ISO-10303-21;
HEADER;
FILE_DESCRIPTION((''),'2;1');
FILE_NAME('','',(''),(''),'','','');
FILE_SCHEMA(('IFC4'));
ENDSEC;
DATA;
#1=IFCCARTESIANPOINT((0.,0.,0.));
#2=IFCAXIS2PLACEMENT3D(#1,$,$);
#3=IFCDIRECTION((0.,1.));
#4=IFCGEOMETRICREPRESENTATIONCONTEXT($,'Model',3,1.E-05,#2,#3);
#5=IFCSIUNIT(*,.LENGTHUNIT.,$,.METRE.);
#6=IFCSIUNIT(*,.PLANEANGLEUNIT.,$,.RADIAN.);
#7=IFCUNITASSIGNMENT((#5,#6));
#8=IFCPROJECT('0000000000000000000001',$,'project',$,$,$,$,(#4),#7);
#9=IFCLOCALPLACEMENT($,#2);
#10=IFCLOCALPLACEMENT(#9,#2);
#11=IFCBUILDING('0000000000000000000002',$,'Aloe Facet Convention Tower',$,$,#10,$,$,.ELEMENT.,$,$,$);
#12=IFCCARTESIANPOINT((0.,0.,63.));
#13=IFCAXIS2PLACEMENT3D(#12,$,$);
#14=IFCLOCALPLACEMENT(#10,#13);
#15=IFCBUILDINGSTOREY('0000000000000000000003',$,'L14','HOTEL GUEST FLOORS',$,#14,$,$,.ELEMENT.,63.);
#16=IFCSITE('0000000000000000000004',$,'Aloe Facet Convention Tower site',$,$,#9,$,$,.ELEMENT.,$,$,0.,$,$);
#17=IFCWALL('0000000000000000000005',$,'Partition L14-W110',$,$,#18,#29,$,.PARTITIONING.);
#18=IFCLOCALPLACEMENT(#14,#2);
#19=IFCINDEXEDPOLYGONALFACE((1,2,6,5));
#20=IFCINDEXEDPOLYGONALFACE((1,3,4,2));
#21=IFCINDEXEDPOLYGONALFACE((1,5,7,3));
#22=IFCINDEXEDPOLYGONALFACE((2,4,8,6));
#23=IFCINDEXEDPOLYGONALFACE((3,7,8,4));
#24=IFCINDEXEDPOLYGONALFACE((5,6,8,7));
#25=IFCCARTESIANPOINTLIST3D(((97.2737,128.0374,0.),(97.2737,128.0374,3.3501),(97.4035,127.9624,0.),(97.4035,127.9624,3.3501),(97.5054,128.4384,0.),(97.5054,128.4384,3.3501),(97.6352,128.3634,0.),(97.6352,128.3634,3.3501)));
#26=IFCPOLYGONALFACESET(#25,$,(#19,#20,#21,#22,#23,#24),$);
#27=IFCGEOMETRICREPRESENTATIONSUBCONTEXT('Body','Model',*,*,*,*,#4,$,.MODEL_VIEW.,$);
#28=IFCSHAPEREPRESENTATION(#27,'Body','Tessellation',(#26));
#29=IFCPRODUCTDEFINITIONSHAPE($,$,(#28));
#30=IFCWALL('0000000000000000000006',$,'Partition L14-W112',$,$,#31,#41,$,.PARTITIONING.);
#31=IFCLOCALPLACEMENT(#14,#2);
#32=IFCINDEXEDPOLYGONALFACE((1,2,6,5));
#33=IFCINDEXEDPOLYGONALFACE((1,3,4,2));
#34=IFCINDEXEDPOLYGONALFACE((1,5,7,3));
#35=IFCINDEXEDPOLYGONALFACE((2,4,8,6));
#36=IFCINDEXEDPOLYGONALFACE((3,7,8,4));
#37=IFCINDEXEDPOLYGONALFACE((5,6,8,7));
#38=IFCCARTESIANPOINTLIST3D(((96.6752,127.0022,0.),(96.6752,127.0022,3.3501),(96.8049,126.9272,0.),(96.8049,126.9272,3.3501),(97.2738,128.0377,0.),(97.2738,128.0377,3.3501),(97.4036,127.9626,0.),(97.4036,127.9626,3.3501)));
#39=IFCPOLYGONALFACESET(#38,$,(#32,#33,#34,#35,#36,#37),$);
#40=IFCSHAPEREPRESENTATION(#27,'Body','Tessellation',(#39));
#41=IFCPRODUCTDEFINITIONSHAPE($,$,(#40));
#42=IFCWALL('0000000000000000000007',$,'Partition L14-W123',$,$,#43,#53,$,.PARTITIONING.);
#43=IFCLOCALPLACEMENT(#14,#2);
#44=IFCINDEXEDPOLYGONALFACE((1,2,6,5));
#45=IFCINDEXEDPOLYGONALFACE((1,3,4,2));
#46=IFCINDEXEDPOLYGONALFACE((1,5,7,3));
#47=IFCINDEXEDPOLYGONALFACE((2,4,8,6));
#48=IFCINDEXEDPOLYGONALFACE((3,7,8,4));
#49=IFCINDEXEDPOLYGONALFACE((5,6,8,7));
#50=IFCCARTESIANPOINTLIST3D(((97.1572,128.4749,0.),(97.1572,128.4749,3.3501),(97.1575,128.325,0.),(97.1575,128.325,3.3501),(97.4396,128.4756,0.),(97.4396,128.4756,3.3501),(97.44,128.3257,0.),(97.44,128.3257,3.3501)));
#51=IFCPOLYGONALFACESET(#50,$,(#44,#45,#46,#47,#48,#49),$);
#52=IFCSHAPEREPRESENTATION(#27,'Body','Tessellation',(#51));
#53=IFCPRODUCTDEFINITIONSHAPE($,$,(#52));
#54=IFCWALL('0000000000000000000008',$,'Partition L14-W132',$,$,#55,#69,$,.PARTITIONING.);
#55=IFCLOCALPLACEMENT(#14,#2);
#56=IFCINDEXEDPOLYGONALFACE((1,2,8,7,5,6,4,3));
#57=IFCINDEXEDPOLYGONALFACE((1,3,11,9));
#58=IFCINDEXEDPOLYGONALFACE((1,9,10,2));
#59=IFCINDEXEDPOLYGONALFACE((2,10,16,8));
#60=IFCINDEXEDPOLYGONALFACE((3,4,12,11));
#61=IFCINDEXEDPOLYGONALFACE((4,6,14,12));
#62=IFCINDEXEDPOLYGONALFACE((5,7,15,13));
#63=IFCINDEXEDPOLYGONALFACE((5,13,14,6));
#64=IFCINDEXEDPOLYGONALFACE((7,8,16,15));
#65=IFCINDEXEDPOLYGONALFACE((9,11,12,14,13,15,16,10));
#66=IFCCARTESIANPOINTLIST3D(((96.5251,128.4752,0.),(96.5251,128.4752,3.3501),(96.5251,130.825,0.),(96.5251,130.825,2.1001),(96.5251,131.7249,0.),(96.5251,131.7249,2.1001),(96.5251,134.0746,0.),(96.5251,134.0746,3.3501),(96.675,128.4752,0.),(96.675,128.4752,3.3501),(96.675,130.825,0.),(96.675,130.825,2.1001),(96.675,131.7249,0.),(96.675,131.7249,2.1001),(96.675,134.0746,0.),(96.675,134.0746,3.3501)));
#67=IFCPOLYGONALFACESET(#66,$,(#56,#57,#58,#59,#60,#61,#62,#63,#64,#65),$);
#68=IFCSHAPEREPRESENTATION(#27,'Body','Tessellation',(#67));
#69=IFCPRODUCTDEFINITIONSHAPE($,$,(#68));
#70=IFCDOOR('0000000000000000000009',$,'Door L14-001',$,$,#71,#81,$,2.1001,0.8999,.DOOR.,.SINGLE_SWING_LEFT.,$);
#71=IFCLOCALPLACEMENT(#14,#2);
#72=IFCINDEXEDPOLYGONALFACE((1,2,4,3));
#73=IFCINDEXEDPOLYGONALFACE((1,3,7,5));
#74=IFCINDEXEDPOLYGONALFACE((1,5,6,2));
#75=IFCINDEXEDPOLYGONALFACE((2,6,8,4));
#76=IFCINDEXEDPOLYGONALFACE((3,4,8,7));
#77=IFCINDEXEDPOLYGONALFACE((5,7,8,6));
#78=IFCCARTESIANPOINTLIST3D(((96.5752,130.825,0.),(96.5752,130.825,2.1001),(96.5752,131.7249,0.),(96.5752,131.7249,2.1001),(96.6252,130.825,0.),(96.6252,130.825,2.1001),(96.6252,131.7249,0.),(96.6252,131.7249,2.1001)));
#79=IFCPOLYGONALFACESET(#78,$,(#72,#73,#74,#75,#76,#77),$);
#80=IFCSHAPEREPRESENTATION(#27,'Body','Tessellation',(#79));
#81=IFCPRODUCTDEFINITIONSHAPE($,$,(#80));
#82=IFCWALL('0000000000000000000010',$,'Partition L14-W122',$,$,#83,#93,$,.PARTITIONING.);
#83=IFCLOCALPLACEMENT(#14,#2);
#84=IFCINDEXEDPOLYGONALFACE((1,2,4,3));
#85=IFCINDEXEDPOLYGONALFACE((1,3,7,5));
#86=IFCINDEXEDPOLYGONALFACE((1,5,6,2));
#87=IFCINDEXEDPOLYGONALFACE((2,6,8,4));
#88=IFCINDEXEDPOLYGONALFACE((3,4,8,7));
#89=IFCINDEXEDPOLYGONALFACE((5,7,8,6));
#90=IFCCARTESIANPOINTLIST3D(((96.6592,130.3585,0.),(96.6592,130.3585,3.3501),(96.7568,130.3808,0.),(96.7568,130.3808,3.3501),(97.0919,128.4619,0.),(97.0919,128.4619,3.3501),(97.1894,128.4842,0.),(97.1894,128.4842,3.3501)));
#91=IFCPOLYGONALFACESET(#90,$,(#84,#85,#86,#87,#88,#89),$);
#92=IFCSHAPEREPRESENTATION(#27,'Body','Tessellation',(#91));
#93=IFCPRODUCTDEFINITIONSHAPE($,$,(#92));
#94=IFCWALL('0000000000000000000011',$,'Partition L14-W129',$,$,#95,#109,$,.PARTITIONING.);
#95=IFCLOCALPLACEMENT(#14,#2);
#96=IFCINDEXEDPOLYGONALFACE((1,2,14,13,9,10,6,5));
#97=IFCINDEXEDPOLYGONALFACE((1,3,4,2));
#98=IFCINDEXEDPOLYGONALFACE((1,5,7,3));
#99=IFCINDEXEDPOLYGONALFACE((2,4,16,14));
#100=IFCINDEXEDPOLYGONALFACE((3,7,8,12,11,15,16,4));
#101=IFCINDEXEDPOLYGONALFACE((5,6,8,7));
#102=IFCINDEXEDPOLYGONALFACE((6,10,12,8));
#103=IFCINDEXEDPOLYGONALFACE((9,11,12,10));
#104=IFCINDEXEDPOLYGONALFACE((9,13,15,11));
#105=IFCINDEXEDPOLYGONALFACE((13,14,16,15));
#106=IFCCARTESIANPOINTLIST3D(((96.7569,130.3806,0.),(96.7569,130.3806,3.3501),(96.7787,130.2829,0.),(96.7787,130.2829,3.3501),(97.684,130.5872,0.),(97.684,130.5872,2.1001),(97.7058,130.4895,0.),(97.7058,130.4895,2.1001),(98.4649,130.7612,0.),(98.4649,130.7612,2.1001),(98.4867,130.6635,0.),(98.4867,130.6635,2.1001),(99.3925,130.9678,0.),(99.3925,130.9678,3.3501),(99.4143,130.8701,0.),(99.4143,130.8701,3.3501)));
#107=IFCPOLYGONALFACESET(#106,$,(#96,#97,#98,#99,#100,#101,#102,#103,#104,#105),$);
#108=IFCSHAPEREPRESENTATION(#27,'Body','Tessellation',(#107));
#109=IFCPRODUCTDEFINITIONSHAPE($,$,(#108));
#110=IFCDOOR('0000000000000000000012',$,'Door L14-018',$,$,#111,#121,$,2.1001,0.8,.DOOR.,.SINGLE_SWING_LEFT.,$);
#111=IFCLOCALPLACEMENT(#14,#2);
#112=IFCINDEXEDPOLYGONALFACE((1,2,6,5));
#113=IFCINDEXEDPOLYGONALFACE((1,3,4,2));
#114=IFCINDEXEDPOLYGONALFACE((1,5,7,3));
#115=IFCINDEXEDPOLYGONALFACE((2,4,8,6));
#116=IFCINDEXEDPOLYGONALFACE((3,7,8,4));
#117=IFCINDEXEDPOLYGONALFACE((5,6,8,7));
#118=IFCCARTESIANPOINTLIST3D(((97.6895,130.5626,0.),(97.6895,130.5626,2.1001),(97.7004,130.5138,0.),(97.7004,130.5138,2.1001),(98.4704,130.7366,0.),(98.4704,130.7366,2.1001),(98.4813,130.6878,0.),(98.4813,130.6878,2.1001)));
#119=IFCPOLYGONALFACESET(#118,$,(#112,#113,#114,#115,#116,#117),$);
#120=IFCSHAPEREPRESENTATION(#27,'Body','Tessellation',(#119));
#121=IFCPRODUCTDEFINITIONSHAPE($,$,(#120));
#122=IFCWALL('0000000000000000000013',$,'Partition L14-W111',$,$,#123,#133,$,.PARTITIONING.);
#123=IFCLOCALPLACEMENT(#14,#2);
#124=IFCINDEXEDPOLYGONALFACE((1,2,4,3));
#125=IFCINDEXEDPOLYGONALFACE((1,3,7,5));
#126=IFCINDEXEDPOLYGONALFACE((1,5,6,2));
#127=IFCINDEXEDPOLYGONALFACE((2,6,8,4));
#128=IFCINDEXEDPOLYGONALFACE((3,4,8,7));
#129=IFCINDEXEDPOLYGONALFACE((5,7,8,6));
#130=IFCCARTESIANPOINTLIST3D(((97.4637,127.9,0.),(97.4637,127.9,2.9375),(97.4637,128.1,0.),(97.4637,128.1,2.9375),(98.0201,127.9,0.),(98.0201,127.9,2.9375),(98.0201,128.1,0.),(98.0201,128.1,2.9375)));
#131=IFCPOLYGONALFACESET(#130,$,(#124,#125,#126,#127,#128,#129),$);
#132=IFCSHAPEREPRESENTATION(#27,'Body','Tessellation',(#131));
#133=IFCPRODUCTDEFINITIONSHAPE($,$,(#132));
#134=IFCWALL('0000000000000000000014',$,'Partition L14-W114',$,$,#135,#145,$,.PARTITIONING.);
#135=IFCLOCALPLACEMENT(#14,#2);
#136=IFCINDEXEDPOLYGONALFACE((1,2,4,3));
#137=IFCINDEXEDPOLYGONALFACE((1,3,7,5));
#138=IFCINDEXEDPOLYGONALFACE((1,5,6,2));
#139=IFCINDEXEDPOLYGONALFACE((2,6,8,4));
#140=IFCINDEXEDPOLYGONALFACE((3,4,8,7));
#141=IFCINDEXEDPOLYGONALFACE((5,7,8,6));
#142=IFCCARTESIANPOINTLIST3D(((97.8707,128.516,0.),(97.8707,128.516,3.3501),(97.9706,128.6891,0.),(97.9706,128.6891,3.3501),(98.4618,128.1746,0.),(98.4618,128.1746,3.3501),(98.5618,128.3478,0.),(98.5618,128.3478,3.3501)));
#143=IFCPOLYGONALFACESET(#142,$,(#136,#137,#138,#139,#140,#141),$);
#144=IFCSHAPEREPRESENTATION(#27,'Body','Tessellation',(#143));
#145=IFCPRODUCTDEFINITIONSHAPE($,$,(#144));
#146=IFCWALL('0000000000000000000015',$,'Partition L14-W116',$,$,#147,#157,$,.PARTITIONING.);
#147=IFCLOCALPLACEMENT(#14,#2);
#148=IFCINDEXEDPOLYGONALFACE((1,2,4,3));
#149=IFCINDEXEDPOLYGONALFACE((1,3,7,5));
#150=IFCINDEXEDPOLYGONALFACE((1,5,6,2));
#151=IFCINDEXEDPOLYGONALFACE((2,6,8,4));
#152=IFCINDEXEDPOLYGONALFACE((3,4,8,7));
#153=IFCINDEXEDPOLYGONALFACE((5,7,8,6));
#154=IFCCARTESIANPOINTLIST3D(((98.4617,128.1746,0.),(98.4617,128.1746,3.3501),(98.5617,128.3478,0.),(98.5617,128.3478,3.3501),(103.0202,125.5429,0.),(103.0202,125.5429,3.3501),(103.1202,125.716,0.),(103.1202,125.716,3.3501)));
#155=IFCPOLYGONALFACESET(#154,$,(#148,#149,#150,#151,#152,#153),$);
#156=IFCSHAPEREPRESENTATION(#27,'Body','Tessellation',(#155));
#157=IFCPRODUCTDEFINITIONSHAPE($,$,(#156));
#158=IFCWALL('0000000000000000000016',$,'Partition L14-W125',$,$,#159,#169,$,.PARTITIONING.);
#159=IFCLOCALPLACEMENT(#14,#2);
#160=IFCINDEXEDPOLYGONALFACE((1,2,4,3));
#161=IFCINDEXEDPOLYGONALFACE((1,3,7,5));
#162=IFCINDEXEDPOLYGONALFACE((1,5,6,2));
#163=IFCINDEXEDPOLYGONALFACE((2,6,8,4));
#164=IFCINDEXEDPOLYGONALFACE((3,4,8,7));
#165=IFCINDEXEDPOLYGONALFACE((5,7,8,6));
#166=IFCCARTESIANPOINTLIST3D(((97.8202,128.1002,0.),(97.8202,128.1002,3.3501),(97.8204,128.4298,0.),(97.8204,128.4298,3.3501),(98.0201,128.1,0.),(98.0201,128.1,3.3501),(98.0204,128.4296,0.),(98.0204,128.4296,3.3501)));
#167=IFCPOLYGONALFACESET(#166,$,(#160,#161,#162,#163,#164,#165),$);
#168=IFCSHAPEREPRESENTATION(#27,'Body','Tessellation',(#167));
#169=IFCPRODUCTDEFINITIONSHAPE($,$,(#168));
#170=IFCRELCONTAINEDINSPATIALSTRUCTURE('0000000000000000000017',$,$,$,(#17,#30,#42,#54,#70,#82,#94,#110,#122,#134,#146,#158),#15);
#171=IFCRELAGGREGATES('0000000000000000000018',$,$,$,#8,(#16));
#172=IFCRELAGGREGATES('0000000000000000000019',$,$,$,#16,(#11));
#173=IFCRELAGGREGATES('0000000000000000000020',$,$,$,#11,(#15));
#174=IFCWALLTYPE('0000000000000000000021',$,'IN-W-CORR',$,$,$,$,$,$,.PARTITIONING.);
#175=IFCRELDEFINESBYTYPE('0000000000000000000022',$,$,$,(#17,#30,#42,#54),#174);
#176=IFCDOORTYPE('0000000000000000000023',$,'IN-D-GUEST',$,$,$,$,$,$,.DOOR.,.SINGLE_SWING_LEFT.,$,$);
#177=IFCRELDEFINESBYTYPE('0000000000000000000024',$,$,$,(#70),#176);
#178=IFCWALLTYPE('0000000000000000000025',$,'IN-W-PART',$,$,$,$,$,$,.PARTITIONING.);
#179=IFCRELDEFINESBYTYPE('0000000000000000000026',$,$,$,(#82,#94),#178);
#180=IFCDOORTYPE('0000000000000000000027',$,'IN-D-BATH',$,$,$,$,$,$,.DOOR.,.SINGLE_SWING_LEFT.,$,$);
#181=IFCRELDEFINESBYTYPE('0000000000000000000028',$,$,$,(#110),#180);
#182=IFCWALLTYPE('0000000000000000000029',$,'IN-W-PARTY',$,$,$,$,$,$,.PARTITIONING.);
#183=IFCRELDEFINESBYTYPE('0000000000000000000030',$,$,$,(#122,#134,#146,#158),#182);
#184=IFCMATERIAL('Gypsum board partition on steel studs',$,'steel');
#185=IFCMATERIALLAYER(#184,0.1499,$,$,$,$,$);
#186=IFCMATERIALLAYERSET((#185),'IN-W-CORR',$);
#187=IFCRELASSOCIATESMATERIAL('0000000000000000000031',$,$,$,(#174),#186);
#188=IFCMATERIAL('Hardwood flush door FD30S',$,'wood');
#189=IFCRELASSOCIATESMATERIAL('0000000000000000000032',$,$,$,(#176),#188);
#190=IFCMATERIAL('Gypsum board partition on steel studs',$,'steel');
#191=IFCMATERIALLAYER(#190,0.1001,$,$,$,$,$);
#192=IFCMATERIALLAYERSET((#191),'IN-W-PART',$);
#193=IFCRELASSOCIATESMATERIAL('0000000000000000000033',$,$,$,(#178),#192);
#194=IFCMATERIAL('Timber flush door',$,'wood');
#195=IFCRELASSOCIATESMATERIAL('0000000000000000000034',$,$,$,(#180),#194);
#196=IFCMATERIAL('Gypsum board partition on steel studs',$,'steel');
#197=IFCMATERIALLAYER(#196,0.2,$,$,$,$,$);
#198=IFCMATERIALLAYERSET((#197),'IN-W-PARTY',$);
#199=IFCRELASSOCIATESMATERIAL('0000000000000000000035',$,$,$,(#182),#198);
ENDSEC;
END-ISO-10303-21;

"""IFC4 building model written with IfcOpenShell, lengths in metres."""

from ifc_helpers import new_model, si_unit, direction, frame, frame_2d, origin, place, context, subcontext, project, spatial, rectangle, extrude, material, layer, layer_set, type_object, element, fill, save


model = new_model("IFC4")

# Units and contexts
model_context = context("Model", 3, precision=1e-05, world=origin(), true_north=direction((0.0, 1.0)))
body_context = subcontext(model_context, "Body", "Model", "MODEL_VIEW")
ifc_project = project(units=[si_unit("LENGTHUNIT", "METRE"), si_unit("PLANEANGLEUNIT", "RADIAN")], contexts=[model_context])

# Site, building, storey
site_placement = place(None, origin())
site = spatial("IfcSite", under=ifc_project, at=site_placement, Name="Aloe Facet Convention Tower site", CompositionType="ELEMENT", RefElevation=0.0)
building_placement = place(site_placement, origin())
building = spatial("IfcBuilding", under=site, at=building_placement, Name="Aloe Facet Convention Tower", CompositionType="ELEMENT")
storey_placement = place(building_placement, frame((0.0, 0.0, 63.0)))
storey = spatial("IfcBuildingStorey", under=building, at=storey_placement, Name="L14", Description="HOTEL GUEST FLOORS", CompositionType="ELEMENT", Elevation=63.0)

# Walls
ifc_material_1 = material(Name="Gypsum board partition on steel studs", Category="steel")
ifc_layer_1 = layer(ifc_material_1, 0.1499)
ifc_layer_set_1 = layer_set([ifc_layer_1], Name="IN-W-CORR")
wall_type_1 = type_object("IfcWallType", Name="IN-W-CORR", PredefinedType="PARTITIONING", material=ifc_layer_set_1)
wall_1_placement = place(storey_placement, frame((97.3386, 128.0, 0.0), z_axis=(0.0, 0.0, 1.0), x_axis=(0.500392, 0.865799, 0.0)))
element("IfcWall", 1, at=wall_1_placement, inside=storey, type_object=wall_type_1, Name="Partition L14-W110", PredefinedType="PARTITIONING", context=body_context, shape_type="SweptSolid", body=[
    extrude(rectangle(XDim=0.4631, YDim=0.1499, at=frame_2d((0.2314, 0.0))), origin(), (0.0, 0.0, 1.0), 3.3501),
])
wall_2_placement = place(storey_placement, frame((96.74, 126.9646, 0.0), z_axis=(0.0, 0.0, 1.0), x_axis=(0.500529, 0.86572, 0.0)))
element("IfcWall", 2, at=wall_2_placement, inside=storey, type_object=wall_type_1, Name="Partition L14-W112", PredefinedType="PARTITIONING", context=body_context, shape_type="SweptSolid", body=[
    extrude(rectangle(XDim=1.196, YDim=0.1499, at=frame_2d((0.5981, 0.0))), origin(), (0.0, 0.0, 1.0), 3.3501),
])
wall_3_placement = place(storey_placement, frame((97.1575, 128.3999, 0.0), z_axis=(0.0, 0.0, 1.0), x_axis=(0.999997, 0.002593, 0.0)))
element("IfcWall", 3, at=wall_3_placement, inside=storey, type_object=wall_type_1, Name="Partition L14-W123", PredefinedType="PARTITIONING", context=body_context, shape_type="SweptSolid", body=[
    extrude(rectangle(XDim=0.2825, YDim=0.1499, at=frame_2d((0.1411, 0.0))), origin(), (0.0, 0.0, 1.0), 3.3501),
])

# Wall, opening, door
wall_4_placement = place(storey_placement, frame((96.6001, 128.4751, 0.0), z_axis=(0.0, 0.0, 1.0), x_axis=(0.0, 1.0, 0.0)))
wall_4 = element("IfcWall", 4, at=wall_4_placement, inside=storey, type_object=wall_type_1, Name="Partition L14-W132", PredefinedType="PARTITIONING", context=body_context, shape_type="SweptSolid", body=[
    extrude(rectangle(XDim=5.5994, YDim=0.1499, at=frame_2d((2.7998, 0.0))), origin(), (0.0, 0.0, 1.0), 3.3501),
])
opening_1_placement = place(wall_4_placement, frame((2.3499, 0.0, 0.0)))
opening_1 = element("IfcOpeningElement", 5, at=opening_1_placement, cuts=wall_4, PredefinedType="OPENING", context=body_context, shape_type="SweptSolid", body=[
    extrude(rectangle(XDim=0.8999, YDim=2.1001, at=frame_2d((0.45, 1.05))), frame((0.0, 0.085, 0.0), z_axis=(0.0, -1.0, 0.0), x_axis=(1.0, 0.0, 0.0)), (0.0, 0.0, 1.0), 0.1699),
])
ifc_material_2 = material(Name="Hardwood flush door FD30S", Category="wood")
door_type_1 = type_object("IfcDoorType", Name="IN-D-GUEST", OperationType="SINGLE_SWING_LEFT", PredefinedType="DOOR", material=ifc_material_2)
door_1_placement = place(opening_1_placement, origin())
door_1 = element("IfcDoor", 6, at=door_1_placement, inside=storey, type_object=door_type_1, Name="Door L14-001", OperationType="SINGLE_SWING_LEFT", OverallHeight=2.1001, OverallWidth=0.8999, PredefinedType="DOOR", context=body_context, shape_type="SweptSolid", body=[
    extrude(rectangle(XDim=0.8999, YDim=2.1001, at=frame_2d((0.45, 1.05))), frame((0.0, 0.0249, 0.0), z_axis=(0.0, -1.0, 0.0), x_axis=(1.0, 0.0, 0.0)), (0.0, 0.0, 1.0), 0.05),
])
fill(opening_1, door_1)

# Wall
ifc_material_3 = material(Name="Gypsum board partition on steel studs", Category="steel")
ifc_layer_2 = layer(ifc_material_3, 0.1001)
ifc_layer_set_2 = layer_set([ifc_layer_2], Name="IN-W-PART")
wall_type_2 = type_object("IfcWallType", Name="IN-W-PART", PredefinedType="PARTITIONING", material=ifc_layer_set_2)
wall_5_placement = place(storey_placement, frame((96.708, 130.3696, 0.0), z_axis=(0.0, 0.0, 1.0), x_axis=(0.222402, -0.974955, 0.0)))
element("IfcWall", 7, at=wall_5_placement, inside=storey, type_object=wall_type_2, Name="Partition L14-W122", PredefinedType="PARTITIONING", context=body_context, shape_type="SweptSolid", body=[
    extrude(rectangle(XDim=1.9453, YDim=0.1001, at=frame_2d((0.9727, 0.0))), origin(), (0.0, 0.0, 1.0), 3.3501),
])

# Wall, opening, door
wall_6_placement = place(storey_placement, frame((96.7678, 130.3318, 0.0), z_axis=(0.0, 0.0, 1.0), x_axis=(0.97607, 0.217457, 0.0)))
wall_6 = element("IfcWall", 8, at=wall_6_placement, inside=storey, type_object=wall_type_2, Name="Partition L14-W129", PredefinedType="PARTITIONING", context=body_context, shape_type="SweptSolid", body=[
    extrude(rectangle(XDim=2.7002, YDim=0.1001, at=frame_2d((1.3501, 0.0))), origin(), (0.0, 0.0, 1.0), 3.3501),
])
opening_2_placement = place(wall_6_placement, frame((0.95, 0.0, 0.0)))
opening_2 = element("IfcOpeningElement", 9, at=opening_2_placement, cuts=wall_6, PredefinedType="OPENING", context=body_context, shape_type="SweptSolid", body=[
    extrude(rectangle(XDim=0.8, YDim=2.1001, at=frame_2d((0.3999, 1.05))), frame((0.0, 0.0601, 0.0), z_axis=(0.0, -1.0, 0.0), x_axis=(1.0, 0.0, 0.0)), (0.0, 0.0, 1.0), 0.1201),
])
ifc_material_4 = material(Name="Timber flush door", Category="wood")
door_type_2 = type_object("IfcDoorType", Name="IN-D-BATH", OperationType="SINGLE_SWING_LEFT", PredefinedType="DOOR", material=ifc_material_4)
door_2_placement = place(opening_2_placement, origin())
door_2 = element("IfcDoor", 10, at=door_2_placement, inside=storey, type_object=door_type_2, Name="Door L14-018", OperationType="SINGLE_SWING_LEFT", OverallHeight=2.1001, OverallWidth=0.8, PredefinedType="DOOR", context=body_context, shape_type="SweptSolid", body=[
    extrude(rectangle(XDim=0.8, YDim=2.1001, at=frame_2d((0.3999, 1.05))), frame((0.0, 0.0249, 0.0), z_axis=(0.0, -1.0, 0.0), x_axis=(1.0, 0.0, 0.0)), (0.0, 0.0, 1.0), 0.05),
])
fill(opening_2, door_2)

# Walls
ifc_material_5 = material(Name="Gypsum board partition on steel studs", Category="steel")
ifc_layer_3 = layer(ifc_material_5, 0.2)
ifc_layer_set_3 = layer_set([ifc_layer_3], Name="IN-W-PARTY")
wall_type_3 = type_object("IfcWallType", Name="IN-W-PARTY", PredefinedType="PARTITIONING", material=ifc_layer_set_3)
wall_7_placement = place(storey_placement, frame((97.4636, 128.0, 0.0), z_axis=(0.0, 0.0, 1.0), x_axis=(1.0, 0.0, 0.0)))
element("IfcWall", 11, at=wall_7_placement, inside=storey, type_object=wall_type_3, Name="Partition L14-W111", PredefinedType="PARTITIONING", context=body_context, shape_type="SweptSolid", body=[
    extrude(rectangle(XDim=0.5564, YDim=0.2, at=frame_2d((0.2783, 0.0))), origin(), (0.0, 0.0, 1.0), 2.9375),
])
wall_8_placement = place(storey_placement, frame((97.9207, 128.6025, 0.0), z_axis=(0.0, 0.0, 1.0), x_axis=(0.865989, -0.500063, 0.0)))
element("IfcWall", 12, at=wall_8_placement, inside=storey, type_object=wall_type_3, Name="Partition L14-W114", PredefinedType="PARTITIONING", context=body_context, shape_type="SweptSolid", body=[
    extrude(rectangle(XDim=0.6826, YDim=0.2, at=frame_2d((0.3413, 0.0))), origin(), (0.0, 0.0, 1.0), 3.3501),
])
wall_9_placement = place(storey_placement, frame((98.5117, 128.2612, 0.0), z_axis=(0.0, 0.0, 1.0), x_axis=(0.866031, -0.49999, 0.0)))
element("IfcWall", 13, at=wall_9_placement, inside=storey, type_object=wall_type_3, Name="Partition L14-W116", PredefinedType="PARTITIONING", context=body_context, shape_type="SweptSolid", body=[
    extrude(rectangle(XDim=5.2637, YDim=0.2, at=frame_2d((2.6318, 0.0))), origin(), (0.0, 0.0, 1.0), 3.3501),
])
wall_10_placement = place(storey_placement, frame((97.9202, 128.1001, 0.0), z_axis=(0.0, 0.0, 1.0), x_axis=(0.000741, 1.0, 0.0)))
element("IfcWall", 14, at=wall_10_placement, inside=storey, type_object=wall_type_3, Name="Partition L14-W125", PredefinedType="PARTITIONING", context=body_context, shape_type="SweptSolid", body=[
    extrude(rectangle(XDim=0.3296, YDim=0.2, at=frame_2d((0.1648, 0.0))), origin(), (0.0, 0.0, 1.0), 3.3501),
])

save(model, "model.ifc")
